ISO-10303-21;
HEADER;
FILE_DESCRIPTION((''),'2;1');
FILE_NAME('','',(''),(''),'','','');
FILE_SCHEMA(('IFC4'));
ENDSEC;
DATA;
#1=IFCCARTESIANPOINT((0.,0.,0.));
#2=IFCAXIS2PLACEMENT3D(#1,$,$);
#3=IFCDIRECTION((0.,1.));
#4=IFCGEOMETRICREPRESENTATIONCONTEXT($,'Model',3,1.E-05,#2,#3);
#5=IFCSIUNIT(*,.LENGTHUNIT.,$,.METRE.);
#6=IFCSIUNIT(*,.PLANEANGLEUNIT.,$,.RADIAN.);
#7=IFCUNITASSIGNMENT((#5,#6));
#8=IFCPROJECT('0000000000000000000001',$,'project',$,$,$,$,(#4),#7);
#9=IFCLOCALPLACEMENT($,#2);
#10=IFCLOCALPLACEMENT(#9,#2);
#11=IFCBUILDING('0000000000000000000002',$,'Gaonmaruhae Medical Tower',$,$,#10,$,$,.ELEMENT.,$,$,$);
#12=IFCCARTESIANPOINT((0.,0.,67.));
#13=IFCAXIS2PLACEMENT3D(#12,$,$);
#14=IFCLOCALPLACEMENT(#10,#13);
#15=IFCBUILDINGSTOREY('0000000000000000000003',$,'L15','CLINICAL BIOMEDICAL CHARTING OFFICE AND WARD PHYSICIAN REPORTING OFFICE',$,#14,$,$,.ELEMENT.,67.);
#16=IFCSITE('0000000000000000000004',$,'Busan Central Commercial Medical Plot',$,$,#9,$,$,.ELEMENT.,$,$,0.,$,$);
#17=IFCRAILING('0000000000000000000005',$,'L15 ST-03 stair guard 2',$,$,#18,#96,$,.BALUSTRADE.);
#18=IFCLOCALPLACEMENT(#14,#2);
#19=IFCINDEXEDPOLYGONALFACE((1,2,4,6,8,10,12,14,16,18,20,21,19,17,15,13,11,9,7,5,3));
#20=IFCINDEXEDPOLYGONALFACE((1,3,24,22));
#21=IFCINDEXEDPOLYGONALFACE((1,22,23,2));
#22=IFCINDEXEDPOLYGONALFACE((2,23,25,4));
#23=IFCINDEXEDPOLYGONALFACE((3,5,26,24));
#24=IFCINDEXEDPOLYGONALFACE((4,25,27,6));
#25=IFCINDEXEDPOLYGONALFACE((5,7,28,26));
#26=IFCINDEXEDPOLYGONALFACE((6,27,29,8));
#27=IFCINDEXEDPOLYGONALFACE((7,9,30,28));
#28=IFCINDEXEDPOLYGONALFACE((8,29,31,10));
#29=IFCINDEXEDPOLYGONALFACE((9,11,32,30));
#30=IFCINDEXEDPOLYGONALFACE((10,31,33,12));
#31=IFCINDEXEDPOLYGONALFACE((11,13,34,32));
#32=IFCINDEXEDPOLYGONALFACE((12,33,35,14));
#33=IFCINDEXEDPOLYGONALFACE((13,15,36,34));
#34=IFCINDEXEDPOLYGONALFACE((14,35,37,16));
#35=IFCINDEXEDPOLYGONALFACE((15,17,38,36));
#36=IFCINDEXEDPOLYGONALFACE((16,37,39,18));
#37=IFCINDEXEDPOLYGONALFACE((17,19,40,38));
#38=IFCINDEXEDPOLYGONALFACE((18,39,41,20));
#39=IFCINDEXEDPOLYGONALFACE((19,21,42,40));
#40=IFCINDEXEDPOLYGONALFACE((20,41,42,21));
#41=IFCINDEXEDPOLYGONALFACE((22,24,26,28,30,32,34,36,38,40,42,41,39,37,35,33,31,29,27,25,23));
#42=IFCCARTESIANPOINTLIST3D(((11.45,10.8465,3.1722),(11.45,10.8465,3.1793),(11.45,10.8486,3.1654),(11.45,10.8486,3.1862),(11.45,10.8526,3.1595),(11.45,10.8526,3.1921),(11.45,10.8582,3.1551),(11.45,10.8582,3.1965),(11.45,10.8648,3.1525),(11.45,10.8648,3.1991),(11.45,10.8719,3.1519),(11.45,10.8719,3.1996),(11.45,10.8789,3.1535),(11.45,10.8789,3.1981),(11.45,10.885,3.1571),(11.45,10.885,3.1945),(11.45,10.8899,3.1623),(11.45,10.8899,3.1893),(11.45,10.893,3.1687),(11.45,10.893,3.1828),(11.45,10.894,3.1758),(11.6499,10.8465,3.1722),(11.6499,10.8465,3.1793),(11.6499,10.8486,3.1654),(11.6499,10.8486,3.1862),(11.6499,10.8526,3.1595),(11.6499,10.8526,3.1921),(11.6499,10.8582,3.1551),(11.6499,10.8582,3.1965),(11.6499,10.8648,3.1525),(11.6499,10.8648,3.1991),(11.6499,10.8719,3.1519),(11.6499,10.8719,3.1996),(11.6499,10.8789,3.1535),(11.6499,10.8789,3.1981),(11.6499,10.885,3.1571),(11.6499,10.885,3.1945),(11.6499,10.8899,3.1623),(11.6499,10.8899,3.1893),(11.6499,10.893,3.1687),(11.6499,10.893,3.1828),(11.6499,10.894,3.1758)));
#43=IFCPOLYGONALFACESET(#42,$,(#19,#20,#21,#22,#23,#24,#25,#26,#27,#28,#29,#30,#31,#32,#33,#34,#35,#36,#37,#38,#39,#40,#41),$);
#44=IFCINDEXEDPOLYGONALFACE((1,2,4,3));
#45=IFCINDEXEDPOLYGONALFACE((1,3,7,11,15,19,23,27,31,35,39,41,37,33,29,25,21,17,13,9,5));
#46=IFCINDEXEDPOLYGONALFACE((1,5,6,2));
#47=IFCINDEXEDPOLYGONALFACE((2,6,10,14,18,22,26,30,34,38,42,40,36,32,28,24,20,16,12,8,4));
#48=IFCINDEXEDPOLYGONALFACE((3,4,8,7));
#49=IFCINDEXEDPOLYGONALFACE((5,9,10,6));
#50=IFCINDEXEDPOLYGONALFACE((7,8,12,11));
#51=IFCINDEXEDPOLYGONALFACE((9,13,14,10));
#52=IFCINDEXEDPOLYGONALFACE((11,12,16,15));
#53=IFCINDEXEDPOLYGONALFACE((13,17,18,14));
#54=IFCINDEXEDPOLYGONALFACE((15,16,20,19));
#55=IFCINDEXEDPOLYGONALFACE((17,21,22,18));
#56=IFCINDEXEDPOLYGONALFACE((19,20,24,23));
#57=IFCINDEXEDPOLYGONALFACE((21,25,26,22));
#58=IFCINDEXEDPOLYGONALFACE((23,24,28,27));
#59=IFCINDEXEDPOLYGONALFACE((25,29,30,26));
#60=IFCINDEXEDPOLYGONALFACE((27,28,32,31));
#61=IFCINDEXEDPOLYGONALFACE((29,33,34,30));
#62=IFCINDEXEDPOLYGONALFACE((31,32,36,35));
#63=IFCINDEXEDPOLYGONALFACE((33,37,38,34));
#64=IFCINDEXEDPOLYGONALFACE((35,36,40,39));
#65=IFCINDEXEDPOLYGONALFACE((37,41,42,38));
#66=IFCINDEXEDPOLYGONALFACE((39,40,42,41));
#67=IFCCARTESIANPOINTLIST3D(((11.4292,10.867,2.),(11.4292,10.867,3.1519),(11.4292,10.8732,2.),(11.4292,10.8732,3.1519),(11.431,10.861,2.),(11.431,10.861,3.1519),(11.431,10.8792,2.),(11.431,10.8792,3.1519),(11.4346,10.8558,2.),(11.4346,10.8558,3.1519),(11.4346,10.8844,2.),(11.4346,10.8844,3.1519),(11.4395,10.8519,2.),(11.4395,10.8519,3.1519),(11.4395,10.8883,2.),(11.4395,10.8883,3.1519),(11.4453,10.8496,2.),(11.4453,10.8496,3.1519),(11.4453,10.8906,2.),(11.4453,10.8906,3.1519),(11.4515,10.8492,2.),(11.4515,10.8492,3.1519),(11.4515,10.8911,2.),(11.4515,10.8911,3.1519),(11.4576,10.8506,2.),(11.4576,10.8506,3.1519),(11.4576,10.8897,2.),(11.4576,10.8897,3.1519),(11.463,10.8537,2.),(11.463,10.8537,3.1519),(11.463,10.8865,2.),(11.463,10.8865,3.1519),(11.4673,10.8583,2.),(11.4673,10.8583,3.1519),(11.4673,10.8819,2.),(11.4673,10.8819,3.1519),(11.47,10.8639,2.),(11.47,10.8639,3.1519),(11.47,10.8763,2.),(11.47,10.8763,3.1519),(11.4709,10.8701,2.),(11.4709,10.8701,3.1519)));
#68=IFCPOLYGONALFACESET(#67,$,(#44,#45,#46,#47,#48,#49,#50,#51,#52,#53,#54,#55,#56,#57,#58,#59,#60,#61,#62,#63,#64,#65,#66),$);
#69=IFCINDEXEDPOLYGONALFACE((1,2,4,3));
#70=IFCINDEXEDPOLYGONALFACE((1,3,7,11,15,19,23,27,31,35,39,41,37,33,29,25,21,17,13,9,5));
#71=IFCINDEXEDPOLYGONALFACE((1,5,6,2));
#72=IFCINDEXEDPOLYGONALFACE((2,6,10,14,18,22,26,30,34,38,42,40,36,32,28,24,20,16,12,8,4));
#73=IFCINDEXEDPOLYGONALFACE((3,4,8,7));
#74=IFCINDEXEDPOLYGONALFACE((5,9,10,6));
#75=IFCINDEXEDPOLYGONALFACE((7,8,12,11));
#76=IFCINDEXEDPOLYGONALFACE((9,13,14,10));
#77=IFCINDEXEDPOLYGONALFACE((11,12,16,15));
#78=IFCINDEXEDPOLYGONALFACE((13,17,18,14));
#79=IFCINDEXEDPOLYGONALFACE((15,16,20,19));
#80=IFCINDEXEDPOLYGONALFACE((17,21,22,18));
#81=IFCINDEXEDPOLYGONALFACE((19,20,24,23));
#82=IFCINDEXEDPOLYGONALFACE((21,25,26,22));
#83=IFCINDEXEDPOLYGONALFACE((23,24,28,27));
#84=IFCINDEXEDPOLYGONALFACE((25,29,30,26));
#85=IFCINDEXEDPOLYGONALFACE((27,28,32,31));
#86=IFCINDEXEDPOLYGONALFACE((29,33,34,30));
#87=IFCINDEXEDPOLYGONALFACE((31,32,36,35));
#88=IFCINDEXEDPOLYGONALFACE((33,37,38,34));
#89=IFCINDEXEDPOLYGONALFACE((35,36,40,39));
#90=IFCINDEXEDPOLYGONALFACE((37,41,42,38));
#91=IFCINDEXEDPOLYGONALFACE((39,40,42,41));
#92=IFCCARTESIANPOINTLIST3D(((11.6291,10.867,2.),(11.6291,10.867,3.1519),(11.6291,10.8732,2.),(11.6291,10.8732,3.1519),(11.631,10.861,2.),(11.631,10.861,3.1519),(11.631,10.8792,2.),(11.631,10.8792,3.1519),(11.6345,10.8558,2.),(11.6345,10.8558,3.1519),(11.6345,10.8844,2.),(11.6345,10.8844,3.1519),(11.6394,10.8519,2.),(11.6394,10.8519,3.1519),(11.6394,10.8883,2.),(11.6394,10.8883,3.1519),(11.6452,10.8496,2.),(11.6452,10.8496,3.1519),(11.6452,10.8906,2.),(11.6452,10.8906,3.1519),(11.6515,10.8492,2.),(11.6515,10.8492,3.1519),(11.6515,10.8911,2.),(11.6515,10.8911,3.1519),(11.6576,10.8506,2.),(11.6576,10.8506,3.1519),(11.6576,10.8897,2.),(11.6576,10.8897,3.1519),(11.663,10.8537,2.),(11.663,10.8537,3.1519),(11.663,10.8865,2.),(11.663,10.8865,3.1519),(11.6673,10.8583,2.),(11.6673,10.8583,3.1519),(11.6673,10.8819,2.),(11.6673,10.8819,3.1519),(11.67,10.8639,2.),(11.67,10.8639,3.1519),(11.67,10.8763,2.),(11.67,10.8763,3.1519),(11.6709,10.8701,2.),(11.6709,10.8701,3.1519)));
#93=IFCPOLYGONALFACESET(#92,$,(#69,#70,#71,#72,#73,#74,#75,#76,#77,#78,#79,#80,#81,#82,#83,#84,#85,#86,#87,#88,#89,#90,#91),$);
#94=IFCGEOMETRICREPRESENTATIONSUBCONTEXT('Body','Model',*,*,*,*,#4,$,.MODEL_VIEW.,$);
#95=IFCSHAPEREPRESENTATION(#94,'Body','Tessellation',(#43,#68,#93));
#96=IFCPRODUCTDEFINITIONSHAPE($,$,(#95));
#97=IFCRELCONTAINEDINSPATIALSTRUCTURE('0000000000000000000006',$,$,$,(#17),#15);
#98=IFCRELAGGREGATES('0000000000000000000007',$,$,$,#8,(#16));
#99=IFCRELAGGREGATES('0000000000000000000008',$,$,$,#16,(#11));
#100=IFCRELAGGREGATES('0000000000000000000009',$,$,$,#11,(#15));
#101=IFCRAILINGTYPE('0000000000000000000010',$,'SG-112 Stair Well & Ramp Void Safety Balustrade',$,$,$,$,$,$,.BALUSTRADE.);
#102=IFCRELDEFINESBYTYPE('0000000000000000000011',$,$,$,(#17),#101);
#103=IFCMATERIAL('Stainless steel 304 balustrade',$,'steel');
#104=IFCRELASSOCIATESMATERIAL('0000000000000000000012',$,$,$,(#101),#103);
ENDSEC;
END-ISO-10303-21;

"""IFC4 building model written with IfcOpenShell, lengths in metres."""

from ifc_helpers import new_model, si_unit, direction, frame, origin, origin_2d, place, context, subcontext, project, spatial, circle, extrude, material, type_object, element, save


model = new_model("IFC4")

# Units and contexts
model_context = context("Model", 3, precision=1e-05, world=origin(), true_north=direction((0.0, 1.0)))
body_context = subcontext(model_context, "Body", "Model", "MODEL_VIEW")
ifc_project = project(units=[si_unit("LENGTHUNIT", "METRE"), si_unit("PLANEANGLEUNIT", "RADIAN")], contexts=[model_context])

# Site, building, storey
site_placement = place(None, origin())
site = spatial("IfcSite", under=ifc_project, at=site_placement, Name="Busan Central Commercial Medical Plot", CompositionType="ELEMENT", RefElevation=0.0)
building_placement = place(site_placement, origin())
building = spatial("IfcBuilding", under=site, at=building_placement, Name="Gaonmaruhae Medical Tower", CompositionType="ELEMENT")
storey_placement = place(building_placement, frame((0.0, 0.0, 67.0)))
storey = spatial("IfcBuildingStorey", under=building, at=storey_placement, Name="L15", Description="CLINICAL BIOMEDICAL CHARTING OFFICE AND WARD PHYSICIAN REPORTING OFFICE", CompositionType="ELEMENT", Elevation=67.0)

# Railing
ifc_material_1 = material(Name="Stainless steel 304 balustrade", Category="steel")
railing_type_1 = type_object("IfcRailingType", Name="SG-112 Stair Well & Ramp Void Safety Balustrade", PredefinedType="BALUSTRADE", material=ifc_material_1)
railing_1_placement = place(storey_placement, frame((11.45, 10.8701, 2.0)))
element("IfcRailing", 1, at=railing_1_placement, inside=storey, type_object=railing_type_1, Name="L15 ST-03 stair guard 2", PredefinedType="BALUSTRADE", context=body_context, shape_type="SweptSolid", body=[
    extrude(circle(Radius=0.0239, at=origin_2d()), frame((0.0, 0.0, 1.1758), z_axis=(1.0, 0.0, 0.0), x_axis=(0.0, 1.0, 0.0)), (0.0, 0.0, 1.0), 0.2),
    extrude(circle(Radius=0.021, at=origin_2d()), origin(), (0.0, 0.0, 1.0), 1.1519),
    extrude(circle(Radius=0.021, at=origin_2d()), frame((0.2, 0.0, 0.0)), (0.0, 0.0, 1.0), 1.1519),
])

save(model, "model.ifc")
